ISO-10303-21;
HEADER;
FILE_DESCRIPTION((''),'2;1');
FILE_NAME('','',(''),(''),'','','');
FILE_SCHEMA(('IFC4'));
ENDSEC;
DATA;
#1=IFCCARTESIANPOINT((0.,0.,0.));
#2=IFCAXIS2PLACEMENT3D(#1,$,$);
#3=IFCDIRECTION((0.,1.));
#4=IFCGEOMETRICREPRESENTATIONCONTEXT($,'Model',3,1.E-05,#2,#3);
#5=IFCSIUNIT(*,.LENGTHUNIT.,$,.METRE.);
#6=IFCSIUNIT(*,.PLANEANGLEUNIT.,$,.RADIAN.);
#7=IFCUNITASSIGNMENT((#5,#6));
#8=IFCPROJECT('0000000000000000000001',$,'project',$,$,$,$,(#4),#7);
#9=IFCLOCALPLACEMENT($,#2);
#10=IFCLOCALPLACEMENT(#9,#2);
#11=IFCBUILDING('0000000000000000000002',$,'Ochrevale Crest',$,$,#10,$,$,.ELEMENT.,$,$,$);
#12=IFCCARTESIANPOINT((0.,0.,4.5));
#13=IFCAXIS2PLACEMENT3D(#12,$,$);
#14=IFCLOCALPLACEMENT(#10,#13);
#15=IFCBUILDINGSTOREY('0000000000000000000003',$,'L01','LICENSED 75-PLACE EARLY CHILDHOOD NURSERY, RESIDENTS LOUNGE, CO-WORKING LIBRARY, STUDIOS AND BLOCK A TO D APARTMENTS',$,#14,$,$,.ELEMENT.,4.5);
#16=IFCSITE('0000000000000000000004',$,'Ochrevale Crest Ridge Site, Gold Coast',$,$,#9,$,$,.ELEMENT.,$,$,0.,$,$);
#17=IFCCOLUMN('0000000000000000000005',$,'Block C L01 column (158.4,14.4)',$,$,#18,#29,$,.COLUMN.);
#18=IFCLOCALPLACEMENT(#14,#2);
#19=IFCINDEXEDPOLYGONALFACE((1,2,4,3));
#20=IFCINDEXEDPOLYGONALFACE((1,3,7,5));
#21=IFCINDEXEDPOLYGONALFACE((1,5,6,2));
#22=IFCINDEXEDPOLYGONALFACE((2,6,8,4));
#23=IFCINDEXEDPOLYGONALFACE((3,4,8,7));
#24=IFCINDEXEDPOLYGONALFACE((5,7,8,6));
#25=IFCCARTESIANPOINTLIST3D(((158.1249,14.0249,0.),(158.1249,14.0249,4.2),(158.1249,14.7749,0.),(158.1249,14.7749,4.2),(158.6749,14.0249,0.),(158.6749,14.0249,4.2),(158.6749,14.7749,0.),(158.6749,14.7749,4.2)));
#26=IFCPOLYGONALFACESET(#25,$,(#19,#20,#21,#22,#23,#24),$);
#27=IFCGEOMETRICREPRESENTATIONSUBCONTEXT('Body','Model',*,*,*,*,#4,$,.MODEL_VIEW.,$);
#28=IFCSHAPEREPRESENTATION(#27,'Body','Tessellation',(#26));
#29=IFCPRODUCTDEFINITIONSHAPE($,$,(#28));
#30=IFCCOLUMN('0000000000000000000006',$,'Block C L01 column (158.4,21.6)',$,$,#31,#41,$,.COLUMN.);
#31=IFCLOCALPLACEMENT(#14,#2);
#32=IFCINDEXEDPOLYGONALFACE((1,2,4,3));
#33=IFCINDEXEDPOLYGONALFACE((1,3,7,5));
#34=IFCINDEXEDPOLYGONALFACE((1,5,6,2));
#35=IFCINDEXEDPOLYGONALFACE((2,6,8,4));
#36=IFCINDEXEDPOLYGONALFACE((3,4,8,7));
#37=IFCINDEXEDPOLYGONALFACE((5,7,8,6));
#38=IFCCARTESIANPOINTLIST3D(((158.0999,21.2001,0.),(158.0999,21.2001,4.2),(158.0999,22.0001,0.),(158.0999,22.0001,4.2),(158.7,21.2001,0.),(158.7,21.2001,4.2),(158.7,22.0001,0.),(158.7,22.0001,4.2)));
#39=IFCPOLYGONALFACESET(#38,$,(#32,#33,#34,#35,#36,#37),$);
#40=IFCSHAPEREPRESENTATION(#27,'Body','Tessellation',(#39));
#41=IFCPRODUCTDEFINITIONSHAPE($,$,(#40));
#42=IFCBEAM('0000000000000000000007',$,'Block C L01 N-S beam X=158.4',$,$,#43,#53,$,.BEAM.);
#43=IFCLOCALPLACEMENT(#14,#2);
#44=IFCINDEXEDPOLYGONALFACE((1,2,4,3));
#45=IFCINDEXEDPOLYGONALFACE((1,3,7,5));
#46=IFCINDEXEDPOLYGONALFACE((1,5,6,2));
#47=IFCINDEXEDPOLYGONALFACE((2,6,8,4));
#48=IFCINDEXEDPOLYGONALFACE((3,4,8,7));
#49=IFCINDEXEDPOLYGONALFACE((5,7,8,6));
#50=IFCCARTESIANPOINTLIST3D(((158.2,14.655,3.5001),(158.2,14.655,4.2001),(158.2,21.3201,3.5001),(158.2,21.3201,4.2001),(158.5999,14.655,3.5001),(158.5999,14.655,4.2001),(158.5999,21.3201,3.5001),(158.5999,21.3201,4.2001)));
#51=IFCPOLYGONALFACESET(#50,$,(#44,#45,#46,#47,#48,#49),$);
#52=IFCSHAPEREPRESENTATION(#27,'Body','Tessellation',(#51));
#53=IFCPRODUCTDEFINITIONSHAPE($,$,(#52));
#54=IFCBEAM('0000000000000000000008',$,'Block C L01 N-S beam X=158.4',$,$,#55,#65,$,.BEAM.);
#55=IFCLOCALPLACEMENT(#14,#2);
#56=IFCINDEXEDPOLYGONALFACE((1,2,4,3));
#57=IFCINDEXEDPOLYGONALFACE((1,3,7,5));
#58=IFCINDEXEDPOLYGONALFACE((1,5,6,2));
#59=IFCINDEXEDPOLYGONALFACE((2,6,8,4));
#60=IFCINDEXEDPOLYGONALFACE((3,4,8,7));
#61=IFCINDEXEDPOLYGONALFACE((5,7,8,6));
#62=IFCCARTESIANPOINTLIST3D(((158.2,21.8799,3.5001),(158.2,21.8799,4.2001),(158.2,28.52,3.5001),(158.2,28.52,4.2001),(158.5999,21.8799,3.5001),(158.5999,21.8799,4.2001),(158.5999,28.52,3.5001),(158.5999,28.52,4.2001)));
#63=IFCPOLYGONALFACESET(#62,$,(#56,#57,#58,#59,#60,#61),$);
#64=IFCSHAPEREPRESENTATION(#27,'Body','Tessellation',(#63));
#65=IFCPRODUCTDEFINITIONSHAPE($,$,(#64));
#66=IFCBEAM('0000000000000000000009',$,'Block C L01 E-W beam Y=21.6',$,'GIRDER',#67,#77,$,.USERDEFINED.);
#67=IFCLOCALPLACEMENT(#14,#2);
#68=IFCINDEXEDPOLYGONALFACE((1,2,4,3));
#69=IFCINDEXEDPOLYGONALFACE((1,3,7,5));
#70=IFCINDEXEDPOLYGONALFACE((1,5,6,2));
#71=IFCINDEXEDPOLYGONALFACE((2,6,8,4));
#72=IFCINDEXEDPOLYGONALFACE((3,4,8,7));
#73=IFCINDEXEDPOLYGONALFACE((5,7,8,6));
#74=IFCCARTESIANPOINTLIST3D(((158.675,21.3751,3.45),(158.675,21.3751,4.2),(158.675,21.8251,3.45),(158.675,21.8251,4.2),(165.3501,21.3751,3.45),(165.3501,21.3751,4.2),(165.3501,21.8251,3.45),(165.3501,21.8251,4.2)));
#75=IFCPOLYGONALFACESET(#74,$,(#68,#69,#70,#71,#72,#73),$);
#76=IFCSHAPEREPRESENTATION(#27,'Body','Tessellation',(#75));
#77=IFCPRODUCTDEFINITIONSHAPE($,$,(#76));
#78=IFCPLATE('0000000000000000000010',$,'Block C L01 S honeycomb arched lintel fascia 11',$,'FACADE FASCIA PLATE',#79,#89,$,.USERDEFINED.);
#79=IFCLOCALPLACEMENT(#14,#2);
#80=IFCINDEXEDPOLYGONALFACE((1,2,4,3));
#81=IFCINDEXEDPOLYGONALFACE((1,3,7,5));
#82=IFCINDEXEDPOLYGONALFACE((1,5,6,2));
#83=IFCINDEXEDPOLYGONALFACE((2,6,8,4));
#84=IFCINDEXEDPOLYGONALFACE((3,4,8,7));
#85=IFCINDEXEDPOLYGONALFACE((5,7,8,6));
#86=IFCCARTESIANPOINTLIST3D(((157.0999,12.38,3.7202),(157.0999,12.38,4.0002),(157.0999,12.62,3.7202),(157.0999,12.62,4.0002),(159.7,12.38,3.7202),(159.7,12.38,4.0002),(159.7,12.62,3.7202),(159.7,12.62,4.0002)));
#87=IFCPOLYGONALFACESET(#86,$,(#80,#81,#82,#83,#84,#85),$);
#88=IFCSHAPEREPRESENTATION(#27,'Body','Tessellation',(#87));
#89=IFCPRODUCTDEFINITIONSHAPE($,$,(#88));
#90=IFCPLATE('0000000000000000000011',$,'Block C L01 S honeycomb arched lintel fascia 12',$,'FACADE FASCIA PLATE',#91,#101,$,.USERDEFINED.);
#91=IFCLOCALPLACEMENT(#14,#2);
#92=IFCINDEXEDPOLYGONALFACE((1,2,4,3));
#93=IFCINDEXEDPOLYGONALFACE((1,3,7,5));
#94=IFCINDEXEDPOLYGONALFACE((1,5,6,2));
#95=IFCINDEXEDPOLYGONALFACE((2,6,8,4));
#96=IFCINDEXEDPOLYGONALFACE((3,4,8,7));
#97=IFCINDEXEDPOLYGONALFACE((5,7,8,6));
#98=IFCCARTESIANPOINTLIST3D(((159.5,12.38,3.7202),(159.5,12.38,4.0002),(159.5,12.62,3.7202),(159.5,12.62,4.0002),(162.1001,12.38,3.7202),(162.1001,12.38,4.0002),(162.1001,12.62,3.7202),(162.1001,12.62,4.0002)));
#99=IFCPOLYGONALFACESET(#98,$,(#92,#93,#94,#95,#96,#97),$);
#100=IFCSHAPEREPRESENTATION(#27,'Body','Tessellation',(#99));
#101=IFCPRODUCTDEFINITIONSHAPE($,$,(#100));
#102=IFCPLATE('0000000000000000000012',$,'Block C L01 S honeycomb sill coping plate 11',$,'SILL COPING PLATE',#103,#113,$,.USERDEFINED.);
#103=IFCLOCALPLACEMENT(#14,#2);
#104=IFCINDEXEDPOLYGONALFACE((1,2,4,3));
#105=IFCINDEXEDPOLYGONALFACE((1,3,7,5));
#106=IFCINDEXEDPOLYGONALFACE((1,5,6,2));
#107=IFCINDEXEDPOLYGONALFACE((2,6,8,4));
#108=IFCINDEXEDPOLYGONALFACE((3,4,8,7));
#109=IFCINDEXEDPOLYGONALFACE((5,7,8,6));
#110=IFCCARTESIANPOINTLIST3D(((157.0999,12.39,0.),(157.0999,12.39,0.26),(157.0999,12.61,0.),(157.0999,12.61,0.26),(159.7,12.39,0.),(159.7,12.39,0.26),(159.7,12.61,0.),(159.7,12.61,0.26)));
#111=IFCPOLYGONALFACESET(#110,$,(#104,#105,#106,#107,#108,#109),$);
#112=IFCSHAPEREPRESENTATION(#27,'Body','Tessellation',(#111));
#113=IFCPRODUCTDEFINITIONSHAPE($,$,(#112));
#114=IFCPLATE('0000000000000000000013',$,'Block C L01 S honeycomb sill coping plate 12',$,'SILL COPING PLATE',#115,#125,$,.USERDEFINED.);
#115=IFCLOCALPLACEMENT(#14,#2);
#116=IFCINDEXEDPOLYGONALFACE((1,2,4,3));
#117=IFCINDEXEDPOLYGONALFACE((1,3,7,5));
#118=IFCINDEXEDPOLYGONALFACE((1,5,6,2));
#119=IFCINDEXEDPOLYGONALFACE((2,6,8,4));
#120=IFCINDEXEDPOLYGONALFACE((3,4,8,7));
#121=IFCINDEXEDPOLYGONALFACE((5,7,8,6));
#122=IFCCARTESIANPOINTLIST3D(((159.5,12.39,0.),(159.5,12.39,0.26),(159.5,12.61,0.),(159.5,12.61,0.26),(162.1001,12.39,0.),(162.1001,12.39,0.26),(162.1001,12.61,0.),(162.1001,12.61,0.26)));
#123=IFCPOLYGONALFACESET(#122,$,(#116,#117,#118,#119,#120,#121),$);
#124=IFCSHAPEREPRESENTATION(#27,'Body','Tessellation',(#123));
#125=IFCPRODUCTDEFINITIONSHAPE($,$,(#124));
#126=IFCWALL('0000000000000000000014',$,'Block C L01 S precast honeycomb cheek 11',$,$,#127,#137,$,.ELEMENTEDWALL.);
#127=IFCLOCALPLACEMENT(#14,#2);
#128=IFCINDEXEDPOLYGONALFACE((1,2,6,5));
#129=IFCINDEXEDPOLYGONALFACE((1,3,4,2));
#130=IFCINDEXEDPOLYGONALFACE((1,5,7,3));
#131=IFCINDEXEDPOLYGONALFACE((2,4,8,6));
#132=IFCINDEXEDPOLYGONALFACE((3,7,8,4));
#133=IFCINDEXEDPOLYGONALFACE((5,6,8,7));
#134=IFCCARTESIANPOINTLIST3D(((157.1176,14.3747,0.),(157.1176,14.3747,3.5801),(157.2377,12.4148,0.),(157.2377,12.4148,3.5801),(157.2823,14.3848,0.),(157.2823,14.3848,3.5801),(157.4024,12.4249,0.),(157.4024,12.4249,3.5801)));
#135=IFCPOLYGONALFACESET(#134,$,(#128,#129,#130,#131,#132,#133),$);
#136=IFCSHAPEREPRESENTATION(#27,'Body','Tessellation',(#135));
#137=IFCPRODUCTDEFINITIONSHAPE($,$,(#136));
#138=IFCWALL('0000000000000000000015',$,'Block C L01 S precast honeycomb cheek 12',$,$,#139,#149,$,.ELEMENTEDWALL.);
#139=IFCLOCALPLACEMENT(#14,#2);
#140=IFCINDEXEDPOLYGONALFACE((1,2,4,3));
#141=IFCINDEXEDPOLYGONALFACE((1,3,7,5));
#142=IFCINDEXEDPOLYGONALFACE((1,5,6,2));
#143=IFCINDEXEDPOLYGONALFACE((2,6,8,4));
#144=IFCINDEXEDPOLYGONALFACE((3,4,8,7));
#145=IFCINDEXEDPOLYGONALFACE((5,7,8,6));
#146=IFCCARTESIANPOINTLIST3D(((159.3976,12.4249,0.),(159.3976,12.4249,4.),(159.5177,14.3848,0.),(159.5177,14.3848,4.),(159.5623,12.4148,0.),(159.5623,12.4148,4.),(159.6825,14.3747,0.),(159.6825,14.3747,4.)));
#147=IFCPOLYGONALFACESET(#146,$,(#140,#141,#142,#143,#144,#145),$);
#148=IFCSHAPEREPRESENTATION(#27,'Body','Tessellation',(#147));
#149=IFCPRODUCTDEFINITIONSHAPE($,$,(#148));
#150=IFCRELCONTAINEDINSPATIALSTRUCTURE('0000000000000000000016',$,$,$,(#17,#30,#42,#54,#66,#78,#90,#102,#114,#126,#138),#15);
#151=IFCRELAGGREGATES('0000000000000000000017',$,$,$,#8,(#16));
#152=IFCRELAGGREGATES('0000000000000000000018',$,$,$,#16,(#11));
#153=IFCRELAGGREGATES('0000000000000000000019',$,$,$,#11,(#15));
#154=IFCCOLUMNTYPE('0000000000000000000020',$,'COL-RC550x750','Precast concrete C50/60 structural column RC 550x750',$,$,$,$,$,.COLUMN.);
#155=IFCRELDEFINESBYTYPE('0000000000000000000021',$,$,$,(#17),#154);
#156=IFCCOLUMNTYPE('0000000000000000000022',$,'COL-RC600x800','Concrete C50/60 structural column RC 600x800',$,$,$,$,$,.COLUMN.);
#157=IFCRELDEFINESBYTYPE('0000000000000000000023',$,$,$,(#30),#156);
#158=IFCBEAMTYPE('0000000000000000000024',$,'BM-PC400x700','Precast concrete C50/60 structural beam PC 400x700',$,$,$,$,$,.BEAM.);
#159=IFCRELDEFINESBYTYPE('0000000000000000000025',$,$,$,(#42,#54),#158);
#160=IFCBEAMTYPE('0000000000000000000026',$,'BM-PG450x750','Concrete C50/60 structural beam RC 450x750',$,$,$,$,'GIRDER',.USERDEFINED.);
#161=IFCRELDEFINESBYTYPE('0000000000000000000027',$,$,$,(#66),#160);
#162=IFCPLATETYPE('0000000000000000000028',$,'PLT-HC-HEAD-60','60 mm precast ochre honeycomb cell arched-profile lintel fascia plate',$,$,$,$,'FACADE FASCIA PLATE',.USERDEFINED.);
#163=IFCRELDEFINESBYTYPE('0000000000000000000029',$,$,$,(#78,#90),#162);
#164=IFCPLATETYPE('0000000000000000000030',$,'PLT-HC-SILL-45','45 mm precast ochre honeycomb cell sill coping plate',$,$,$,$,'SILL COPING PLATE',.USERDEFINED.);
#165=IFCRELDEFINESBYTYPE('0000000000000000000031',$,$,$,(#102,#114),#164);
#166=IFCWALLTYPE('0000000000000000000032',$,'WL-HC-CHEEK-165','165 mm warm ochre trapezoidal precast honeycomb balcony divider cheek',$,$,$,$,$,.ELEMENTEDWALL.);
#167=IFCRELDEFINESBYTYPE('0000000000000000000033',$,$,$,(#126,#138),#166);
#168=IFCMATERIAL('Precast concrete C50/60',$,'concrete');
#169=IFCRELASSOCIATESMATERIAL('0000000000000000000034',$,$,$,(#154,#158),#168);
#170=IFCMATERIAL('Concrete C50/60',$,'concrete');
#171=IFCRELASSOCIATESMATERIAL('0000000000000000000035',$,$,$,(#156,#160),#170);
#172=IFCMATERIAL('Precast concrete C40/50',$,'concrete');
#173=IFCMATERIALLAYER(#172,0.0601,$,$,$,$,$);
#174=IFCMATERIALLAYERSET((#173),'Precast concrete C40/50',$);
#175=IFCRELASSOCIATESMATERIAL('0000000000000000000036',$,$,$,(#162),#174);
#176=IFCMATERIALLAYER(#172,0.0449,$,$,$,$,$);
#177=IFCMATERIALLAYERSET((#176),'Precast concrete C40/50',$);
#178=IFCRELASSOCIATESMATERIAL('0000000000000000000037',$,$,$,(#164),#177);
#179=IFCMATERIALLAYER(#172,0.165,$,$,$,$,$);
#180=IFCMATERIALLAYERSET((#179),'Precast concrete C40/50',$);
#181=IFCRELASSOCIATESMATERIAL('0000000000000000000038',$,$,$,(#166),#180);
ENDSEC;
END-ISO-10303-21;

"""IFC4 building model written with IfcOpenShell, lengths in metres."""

from ifc_helpers import new_model, si_unit, direction, frame, frame_2d, origin, origin_2d, place, context, subcontext, project, spatial, rectangle, extrude, material, layer, layer_set, material_profile, profile_set, type_object, element, save


model = new_model("IFC4")

# Units and contexts
model_context = context("Model", 3, precision=1e-05, world=origin(), true_north=direction((0.0, 1.0)))
body_context = subcontext(model_context, "Body", "Model", "MODEL_VIEW")
ifc_project = project(units=[si_unit("LENGTHUNIT", "METRE"), si_unit("PLANEANGLEUNIT", "RADIAN")], contexts=[model_context])

# Site, building, storey
site_placement = place(None, origin())
site = spatial("IfcSite", under=ifc_project, at=site_placement, Name="Ochrevale Crest Ridge Site, Gold Coast", CompositionType="ELEMENT", RefElevation=0.0)
building_placement = place(site_placement, origin())
building = spatial("IfcBuilding", under=site, at=building_placement, Name="Ochrevale Crest", CompositionType="ELEMENT")
storey_placement = place(building_placement, frame((0.0, 0.0, 4.5)))
storey = spatial("IfcBuildingStorey", under=building, at=storey_placement, Name="L01", Description="LICENSED 75-PLACE EARLY CHILDHOOD NURSERY, RESIDENTS LOUNGE, CO-WORKING LIBRARY, STUDIOS AND BLOCK A TO D APARTMENTS", CompositionType="ELEMENT", Elevation=4.5)

# Columns
ifc_material_1 = material(Name="Precast concrete C50/60", Category="concrete")
ifc_material_profile_1 = material_profile(ifc_material_1, rectangle(XDim=0.55, YDim=0.75, at=origin_2d()), Name="RC 550x750")
ifc_profile_set_1 = profile_set([ifc_material_profile_1], Name="Precast concrete C50/60")
column_type_1 = type_object("IfcColumnType", Name="COL-RC550x750", Description="Precast concrete C50/60 structural column RC 550x750", PredefinedType="COLUMN", material=ifc_profile_set_1)
column_1_placement = place(storey_placement, frame((158.3999, 14.3999, 0.0), z_axis=(0.0, 0.0, 1.0), x_axis=(1.0, 0.0, 0.0)))
element("IfcColumn", 1, at=column_1_placement, inside=storey, type_object=column_type_1, Name="Block C L01 column (158.4,14.4)", PredefinedType="COLUMN", context=body_context, shape_type="SweptSolid", body=[
    extrude(rectangle(XDim=0.55, YDim=0.75, at=origin_2d()), origin(), (0.0, 0.0, 1.0), 4.2),
])
ifc_material_2 = material(Name="Concrete C50/60", Category="concrete")
ifc_material_profile_2 = material_profile(ifc_material_2, rectangle(XDim=0.6001, YDim=0.8, at=origin_2d()), Name="RC 600x800")
ifc_profile_set_2 = profile_set([ifc_material_profile_2], Name="Concrete C50/60")
column_type_2 = type_object("IfcColumnType", Name="COL-RC600x800", Description="Concrete C50/60 structural column RC 600x800", PredefinedType="COLUMN", material=ifc_profile_set_2)
column_2_placement = place(storey_placement, frame((158.3999, 21.6001, 0.0), z_axis=(0.0, 0.0, 1.0), x_axis=(1.0, 0.0, 0.0)))
element("IfcColumn", 2, at=column_2_placement, inside=storey, type_object=column_type_2, Name="Block C L01 column (158.4,21.6)", PredefinedType="COLUMN", context=body_context, shape_type="SweptSolid", body=[
    extrude(rectangle(XDim=0.6001, YDim=0.8, at=origin_2d()), origin(), (0.0, 0.0, 1.0), 4.2),
])

# Beams
ifc_material_profile_3 = material_profile(ifc_material_1, rectangle(XDim=0.3999, YDim=0.7, at=origin_2d()), Name="PC 400x700")
ifc_profile_set_3 = profile_set([ifc_material_profile_3], Name="Precast concrete C50/60")
beam_type_1 = type_object("IfcBeamType", Name="BM-PC400x700", Description="Precast concrete C50/60 structural beam PC 400x700", PredefinedType="BEAM", material=ifc_profile_set_3)
beam_1_placement = place(storey_placement, frame((158.3999, 14.655, 3.8501), z_axis=(0.0, 1.0, 0.0), x_axis=(-1.0, 0.0, 0.0)))
element("IfcBeam", 3, at=beam_1_placement, inside=storey, type_object=beam_type_1, Name="Block C L01 N-S beam X=158.4", PredefinedType="BEAM", context=body_context, shape_type="SweptSolid", body=[
    extrude(rectangle(XDim=0.3999, YDim=0.7, at=origin_2d()), origin(), (0.0, 0.0, 1.0), 6.665),
])
beam_2_placement = place(storey_placement, frame((158.3999, 21.8799, 3.8501), z_axis=(0.0, 1.0, 0.0), x_axis=(-1.0, 0.0, 0.0)))
element("IfcBeam", 4, at=beam_2_placement, inside=storey, type_object=beam_type_1, Name="Block C L01 N-S beam X=158.4", PredefinedType="BEAM", context=body_context, shape_type="SweptSolid", body=[
    extrude(rectangle(XDim=0.3999, YDim=0.7, at=origin_2d()), origin(), (0.0, 0.0, 1.0), 6.6401),
])
ifc_material_profile_4 = material_profile(ifc_material_2, rectangle(XDim=0.45, YDim=0.75, at=origin_2d()), Name="RC 450x750")
ifc_profile_set_4 = profile_set([ifc_material_profile_4], Name="Concrete C50/60")
beam_type_2 = type_object("IfcBeamType", Name="BM-PG450x750", Description="Concrete C50/60 structural beam RC 450x750", ElementType="GIRDER", PredefinedType="USERDEFINED", material=ifc_profile_set_4)
beam_3_placement = place(storey_placement, frame((158.675, 21.6001, 3.825), z_axis=(1.0, 0.0, 0.0), x_axis=(0.0, 1.0, 0.0)))
element("IfcBeam", 5, at=beam_3_placement, inside=storey, type_object=beam_type_2, Name="Block C L01 E-W beam Y=21.6", ObjectType="GIRDER", PredefinedType="USERDEFINED", context=body_context, shape_type="SweptSolid", body=[
    extrude(rectangle(XDim=0.45, YDim=0.75, at=origin_2d()), origin(), (0.0, 0.0, 1.0), 6.675),
])

# Plates
ifc_material_3 = material(Name="Precast concrete C40/50", Category="concrete")
ifc_layer_1 = layer(ifc_material_3, 0.0601)
ifc_layer_set_1 = layer_set([ifc_layer_1], Name="Precast concrete C40/50")
plate_type_1 = type_object("IfcPlateType", Name="PLT-HC-HEAD-60", Description="60 mm precast ochre honeycomb cell arched-profile lintel fascia plate", ElementType="FACADE FASCIA PLATE", PredefinedType="USERDEFINED", material=ifc_layer_set_1)
for number, where, z_axis, x_axis, name in (
    (6, (158.3999, 12.5, 3.7202), (0.0, 0.0, 1.0), (1.0, 0.0, 0.0), "Block C L01 S honeycomb arched lintel fascia 11"),
    (7, (160.8, 12.5, 3.7202), (0.0, 0.0, 1.0), (1.0, 0.0, 0.0), "Block C L01 S honeycomb arched lintel fascia 12"),
):
    element("IfcPlate", number, at=place(storey_placement, frame(where, z_axis=z_axis, x_axis=x_axis)), inside=storey, type_object=plate_type_1, Name=name, ObjectType="FACADE FASCIA PLATE", PredefinedType="USERDEFINED", context=body_context, shape_type="SweptSolid", body=[
        extrude(rectangle(XDim=2.6001, YDim=0.24, at=origin_2d()), origin(), (0.0, 0.0, 1.0), 0.28),
    ])
ifc_layer_2 = layer(ifc_material_3, 0.0449)
ifc_layer_set_2 = layer_set([ifc_layer_2], Name="Precast concrete C40/50")
plate_type_2 = type_object("IfcPlateType", Name="PLT-HC-SILL-45", Description="45 mm precast ochre honeycomb cell sill coping plate", ElementType="SILL COPING PLATE", PredefinedType="USERDEFINED", material=ifc_layer_set_2)
for number, where, z_axis, x_axis, name in (
    (8, (158.3999, 12.5, 0.0), (0.0, 0.0, 1.0), (1.0, 0.0, 0.0), "Block C L01 S honeycomb sill coping plate 11"),
    (9, (160.8, 12.5, 0.0), (0.0, 0.0, 1.0), (1.0, 0.0, 0.0), "Block C L01 S honeycomb sill coping plate 12"),
):
    element("IfcPlate", number, at=place(storey_placement, frame(where, z_axis=z_axis, x_axis=x_axis)), inside=storey, type_object=plate_type_2, Name=name, ObjectType="SILL COPING PLATE", PredefinedType="USERDEFINED", context=body_context, shape_type="SweptSolid", body=[
        extrude(rectangle(XDim=2.6001, YDim=0.22, at=origin_2d()), origin(), (0.0, 0.0, 1.0), 0.26),
    ])

# Walls
ifc_layer_3 = layer(ifc_material_3, 0.165)
ifc_layer_set_3 = layer_set([ifc_layer_3], Name="Precast concrete C40/50")
wall_type_1 = type_object("IfcWallType", Name="WL-HC-CHEEK-165", Description="165 mm warm ochre trapezoidal precast honeycomb balcony divider cheek", PredefinedType="ELEMENTEDWALL", material=ifc_layer_set_3)
wall_1_placement = place(storey_placement, frame((157.2, 14.3799, 0.0), z_axis=(0.0, 0.0, 1.0), x_axis=(0.061171, -0.998127, 0.0)))
element("IfcWall", 10, at=wall_1_placement, inside=storey, type_object=wall_type_1, Name="Block C L01 S precast honeycomb cheek 11", PredefinedType="ELEMENTEDWALL", context=body_context, shape_type="SweptSolid", body=[
    extrude(rectangle(XDim=1.9636, YDim=0.165, at=frame_2d((0.9819, 0.0))), origin(), (0.0, 0.0, 1.0), 3.5801),
])
wall_2_placement = place(storey_placement, frame((159.6001, 14.3799, 0.0), z_axis=(0.0, 0.0, 1.0), x_axis=(-0.061171, -0.998127, 0.0)))
element("IfcWall", 11, at=wall_2_placement, inside=storey, type_object=wall_type_1, Name="Block C L01 S precast honeycomb cheek 12", PredefinedType="ELEMENTEDWALL", context=body_context, shape_type="SweptSolid", body=[
    extrude(rectangle(XDim=1.9636, YDim=0.165, at=frame_2d((0.9819, 0.0))), origin(), (0.0, 0.0, 1.0), 4.0),
])

save(model, "model.ifc")
